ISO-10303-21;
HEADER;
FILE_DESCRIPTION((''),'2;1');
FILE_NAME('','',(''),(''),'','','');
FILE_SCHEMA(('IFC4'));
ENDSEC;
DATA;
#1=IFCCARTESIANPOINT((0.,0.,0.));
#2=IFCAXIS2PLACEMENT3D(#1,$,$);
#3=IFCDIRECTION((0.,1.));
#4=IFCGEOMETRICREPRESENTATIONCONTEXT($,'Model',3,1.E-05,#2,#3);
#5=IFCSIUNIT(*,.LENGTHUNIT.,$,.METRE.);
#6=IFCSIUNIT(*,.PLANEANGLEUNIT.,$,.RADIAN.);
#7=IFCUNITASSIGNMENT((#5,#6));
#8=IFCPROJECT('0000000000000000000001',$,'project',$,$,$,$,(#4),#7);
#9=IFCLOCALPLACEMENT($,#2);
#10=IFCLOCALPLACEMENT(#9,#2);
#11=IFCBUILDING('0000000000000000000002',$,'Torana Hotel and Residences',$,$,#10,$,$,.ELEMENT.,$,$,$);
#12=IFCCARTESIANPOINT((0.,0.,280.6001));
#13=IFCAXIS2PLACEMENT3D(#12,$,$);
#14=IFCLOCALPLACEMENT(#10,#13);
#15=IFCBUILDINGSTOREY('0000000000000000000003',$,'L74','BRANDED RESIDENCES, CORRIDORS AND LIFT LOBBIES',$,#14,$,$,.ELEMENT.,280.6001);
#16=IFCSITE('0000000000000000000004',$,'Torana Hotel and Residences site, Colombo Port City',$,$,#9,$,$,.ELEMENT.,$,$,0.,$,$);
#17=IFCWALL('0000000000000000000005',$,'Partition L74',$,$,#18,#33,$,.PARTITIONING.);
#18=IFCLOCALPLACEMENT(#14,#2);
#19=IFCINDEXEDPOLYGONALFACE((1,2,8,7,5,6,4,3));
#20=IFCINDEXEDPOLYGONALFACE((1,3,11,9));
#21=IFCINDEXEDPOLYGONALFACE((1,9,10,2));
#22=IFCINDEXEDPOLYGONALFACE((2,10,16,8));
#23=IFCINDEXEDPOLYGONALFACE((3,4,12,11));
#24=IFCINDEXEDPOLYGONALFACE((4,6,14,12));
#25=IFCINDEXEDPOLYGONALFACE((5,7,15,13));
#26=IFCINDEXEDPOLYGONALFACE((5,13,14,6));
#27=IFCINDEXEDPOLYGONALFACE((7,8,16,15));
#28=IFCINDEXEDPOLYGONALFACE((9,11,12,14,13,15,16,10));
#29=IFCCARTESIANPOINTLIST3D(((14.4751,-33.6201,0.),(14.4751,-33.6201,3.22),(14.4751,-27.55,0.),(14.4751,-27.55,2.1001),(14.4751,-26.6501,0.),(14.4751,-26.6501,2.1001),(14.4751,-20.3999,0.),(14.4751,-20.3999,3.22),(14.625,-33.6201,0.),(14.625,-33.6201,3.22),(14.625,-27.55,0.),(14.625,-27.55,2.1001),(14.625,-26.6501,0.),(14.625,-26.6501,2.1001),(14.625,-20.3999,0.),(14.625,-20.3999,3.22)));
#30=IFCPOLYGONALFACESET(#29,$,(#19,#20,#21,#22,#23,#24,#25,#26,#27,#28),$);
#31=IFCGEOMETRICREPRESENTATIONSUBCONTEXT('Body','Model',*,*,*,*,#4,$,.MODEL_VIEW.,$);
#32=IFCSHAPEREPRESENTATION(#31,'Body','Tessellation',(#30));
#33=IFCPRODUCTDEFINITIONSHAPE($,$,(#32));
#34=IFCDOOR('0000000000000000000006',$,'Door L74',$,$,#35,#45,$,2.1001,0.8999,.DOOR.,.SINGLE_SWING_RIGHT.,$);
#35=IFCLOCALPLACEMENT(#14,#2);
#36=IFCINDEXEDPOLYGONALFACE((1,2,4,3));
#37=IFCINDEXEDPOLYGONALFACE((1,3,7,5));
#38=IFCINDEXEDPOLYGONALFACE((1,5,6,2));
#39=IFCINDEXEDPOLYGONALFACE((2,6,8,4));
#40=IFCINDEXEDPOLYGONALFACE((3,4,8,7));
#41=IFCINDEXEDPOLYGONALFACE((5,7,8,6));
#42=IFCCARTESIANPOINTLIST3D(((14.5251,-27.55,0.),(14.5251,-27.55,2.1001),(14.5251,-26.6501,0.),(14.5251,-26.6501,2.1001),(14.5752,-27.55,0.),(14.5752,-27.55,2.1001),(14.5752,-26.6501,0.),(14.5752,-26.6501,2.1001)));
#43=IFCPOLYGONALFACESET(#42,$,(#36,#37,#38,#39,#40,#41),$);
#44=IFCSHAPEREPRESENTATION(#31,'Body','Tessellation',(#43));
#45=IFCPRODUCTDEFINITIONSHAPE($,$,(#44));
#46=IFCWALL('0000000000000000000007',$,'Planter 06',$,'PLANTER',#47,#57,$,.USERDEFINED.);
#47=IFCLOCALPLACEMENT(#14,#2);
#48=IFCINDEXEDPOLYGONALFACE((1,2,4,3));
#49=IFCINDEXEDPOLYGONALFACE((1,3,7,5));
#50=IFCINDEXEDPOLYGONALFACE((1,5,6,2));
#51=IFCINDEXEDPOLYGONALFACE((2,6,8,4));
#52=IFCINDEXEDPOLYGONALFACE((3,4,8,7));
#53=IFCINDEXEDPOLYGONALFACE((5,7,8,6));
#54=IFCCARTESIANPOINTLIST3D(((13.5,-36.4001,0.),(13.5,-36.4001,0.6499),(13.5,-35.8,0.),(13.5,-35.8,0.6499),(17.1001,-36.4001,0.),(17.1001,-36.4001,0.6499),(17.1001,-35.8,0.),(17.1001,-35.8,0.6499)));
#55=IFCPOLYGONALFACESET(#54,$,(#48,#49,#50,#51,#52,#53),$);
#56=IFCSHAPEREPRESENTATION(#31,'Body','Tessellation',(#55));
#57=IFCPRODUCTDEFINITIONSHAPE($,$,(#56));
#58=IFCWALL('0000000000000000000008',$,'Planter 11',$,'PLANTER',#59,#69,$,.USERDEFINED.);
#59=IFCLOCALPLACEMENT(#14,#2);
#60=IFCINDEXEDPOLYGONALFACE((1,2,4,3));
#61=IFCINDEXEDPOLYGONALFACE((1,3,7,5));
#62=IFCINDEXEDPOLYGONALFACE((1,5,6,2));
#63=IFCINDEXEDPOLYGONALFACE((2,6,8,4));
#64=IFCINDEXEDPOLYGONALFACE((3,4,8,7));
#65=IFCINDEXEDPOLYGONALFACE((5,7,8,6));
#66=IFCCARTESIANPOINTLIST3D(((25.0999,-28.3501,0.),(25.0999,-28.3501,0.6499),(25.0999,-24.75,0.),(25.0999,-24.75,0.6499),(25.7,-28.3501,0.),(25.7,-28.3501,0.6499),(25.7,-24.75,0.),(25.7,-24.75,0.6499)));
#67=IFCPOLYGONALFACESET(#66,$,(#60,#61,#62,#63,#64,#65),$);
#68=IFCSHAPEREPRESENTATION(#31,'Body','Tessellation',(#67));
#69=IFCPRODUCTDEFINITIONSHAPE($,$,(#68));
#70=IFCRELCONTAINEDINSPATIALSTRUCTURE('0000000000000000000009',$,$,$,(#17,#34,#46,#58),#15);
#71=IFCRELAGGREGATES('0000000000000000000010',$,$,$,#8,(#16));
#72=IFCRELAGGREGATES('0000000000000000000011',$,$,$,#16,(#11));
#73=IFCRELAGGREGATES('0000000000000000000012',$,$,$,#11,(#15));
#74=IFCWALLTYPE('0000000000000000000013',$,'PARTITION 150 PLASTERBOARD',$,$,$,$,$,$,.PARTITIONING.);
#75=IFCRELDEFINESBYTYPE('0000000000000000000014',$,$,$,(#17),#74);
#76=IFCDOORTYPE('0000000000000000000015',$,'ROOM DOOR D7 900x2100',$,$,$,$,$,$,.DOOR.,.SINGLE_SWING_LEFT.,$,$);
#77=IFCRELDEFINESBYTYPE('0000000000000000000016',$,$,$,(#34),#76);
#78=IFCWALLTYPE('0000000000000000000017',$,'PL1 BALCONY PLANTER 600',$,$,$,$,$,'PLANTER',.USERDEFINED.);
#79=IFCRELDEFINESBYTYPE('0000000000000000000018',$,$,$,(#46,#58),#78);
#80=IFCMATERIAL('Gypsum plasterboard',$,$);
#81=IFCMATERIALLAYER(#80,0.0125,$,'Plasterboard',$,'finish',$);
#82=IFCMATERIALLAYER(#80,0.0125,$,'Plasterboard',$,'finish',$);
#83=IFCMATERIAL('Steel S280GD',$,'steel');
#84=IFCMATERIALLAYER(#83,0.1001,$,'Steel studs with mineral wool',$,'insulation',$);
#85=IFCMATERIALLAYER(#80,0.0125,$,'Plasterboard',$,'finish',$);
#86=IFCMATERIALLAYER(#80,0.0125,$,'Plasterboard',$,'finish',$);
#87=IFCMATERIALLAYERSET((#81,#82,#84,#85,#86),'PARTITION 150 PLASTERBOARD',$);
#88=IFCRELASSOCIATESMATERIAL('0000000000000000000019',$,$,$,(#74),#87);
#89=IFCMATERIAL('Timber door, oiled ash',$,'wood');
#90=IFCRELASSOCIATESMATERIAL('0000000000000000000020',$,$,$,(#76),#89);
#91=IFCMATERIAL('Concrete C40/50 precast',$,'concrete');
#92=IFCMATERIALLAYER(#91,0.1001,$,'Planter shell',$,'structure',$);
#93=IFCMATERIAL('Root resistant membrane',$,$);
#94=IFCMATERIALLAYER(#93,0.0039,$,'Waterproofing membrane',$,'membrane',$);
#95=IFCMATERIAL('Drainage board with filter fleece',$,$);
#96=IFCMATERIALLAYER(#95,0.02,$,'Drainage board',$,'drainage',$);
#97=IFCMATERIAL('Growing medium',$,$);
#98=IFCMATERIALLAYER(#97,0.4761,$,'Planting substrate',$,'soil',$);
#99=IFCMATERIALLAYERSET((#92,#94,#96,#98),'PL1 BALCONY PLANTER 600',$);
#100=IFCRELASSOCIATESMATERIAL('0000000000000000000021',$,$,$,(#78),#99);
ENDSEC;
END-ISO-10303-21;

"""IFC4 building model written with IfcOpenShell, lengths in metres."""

from ifc_helpers import new_model, si_unit, direction, frame, frame_2d, origin, place, context, subcontext, project, spatial, rectangle, extrude, material, layer, layer_set, type_object, element, fill, save


model = new_model("IFC4")

# Units and contexts
model_context = context("Model", 3, precision=1e-05, world=origin(), true_north=direction((0.0, 1.0)))
body_context = subcontext(model_context, "Body", "Model", "MODEL_VIEW")
ifc_project = project(units=[si_unit("LENGTHUNIT", "METRE"), si_unit("PLANEANGLEUNIT", "RADIAN")], contexts=[model_context])

# Site, building, storey
site_placement = place(None, origin())
site = spatial("IfcSite", under=ifc_project, at=site_placement, Name="Torana Hotel and Residences site, Colombo Port City", CompositionType="ELEMENT", RefElevation=0.0)
building_placement = place(site_placement, origin())
building = spatial("IfcBuilding", under=site, at=building_placement, Name="Torana Hotel and Residences", CompositionType="ELEMENT")
storey_placement = place(building_placement, frame((0.0, 0.0, 280.6001)))
storey = spatial("IfcBuildingStorey", under=building, at=storey_placement, Name="L74", Description="BRANDED RESIDENCES, CORRIDORS AND LIFT LOBBIES", CompositionType="ELEMENT", Elevation=280.6001)

# Shared definitions
ifc_material_1 = material(Name="Steel S280GD", Category="steel")

# Wall, opening, door
ifc_material_2 = material(Name="Gypsum plasterboard")
ifc_layer_1 = layer(ifc_material_2, 0.0125, Name="Plasterboard", Category="finish")
ifc_layer_2 = layer(ifc_material_2, 0.0125, Name="Plasterboard", Category="finish")
ifc_layer_3 = layer(ifc_material_1, 0.1001, Name="Steel studs with mineral wool", Category="insulation")
ifc_layer_4 = layer(ifc_material_2, 0.0125, Name="Plasterboard", Category="finish")
ifc_layer_5 = layer(ifc_material_2, 0.0125, Name="Plasterboard", Category="finish")
ifc_layer_set_1 = layer_set([ifc_layer_1, ifc_layer_2, ifc_layer_3, ifc_layer_4, ifc_layer_5], Name="PARTITION 150 PLASTERBOARD")
wall_type_1 = type_object("IfcWallType", Name="PARTITION 150 PLASTERBOARD", PredefinedType="PARTITIONING", material=ifc_layer_set_1)
ifc_material_3 = material(Name="Timber door, oiled ash", Category="wood")
door_type_1 = type_object("IfcDoorType", Name="ROOM DOOR D7 900x2100", OperationType="SINGLE_SWING_LEFT", PredefinedType="DOOR", material=ifc_material_3)
wall_1_placement = place(storey_placement, frame((14.55, -33.6201, 0.0), z_axis=(0.0, 0.0, 1.0), x_axis=(0.0, 1.0, 0.0)))
wall_1 = element("IfcWall", 1, at=wall_1_placement, inside=storey, type_object=wall_type_1, Name="Partition L74", PredefinedType="PARTITIONING", context=body_context, shape_type="SweptSolid", body=[
    extrude(rectangle(XDim=13.2202, YDim=0.1499, at=frame_2d((6.6101, 0.0))), origin(), (0.0, 0.0, 1.0), 3.22),
])
opening_1_placement = place(wall_1_placement, frame((6.0701, 0.0, 0.0)))
opening_1 = element("IfcOpeningElement", 2, at=opening_1_placement, cuts=wall_1, PredefinedType="OPENING", context=body_context, shape_type="SweptSolid", body=[
    extrude(rectangle(XDim=0.8999, YDim=2.1001, at=frame_2d((0.45, 1.05))), frame((0.0, 0.085, 0.0), z_axis=(0.0, -1.0, 0.0), x_axis=(1.0, 0.0, 0.0)), (0.0, 0.0, 1.0), 0.1699),
])
door_1_placement = place(opening_1_placement, origin())
door_1 = element("IfcDoor", 3, at=door_1_placement, inside=storey, type_object=door_type_1, Name="Door L74", OperationType="SINGLE_SWING_RIGHT", OverallHeight=2.1001, OverallWidth=0.8999, PredefinedType="DOOR", context=body_context, shape_type="SweptSolid", body=[
    extrude(rectangle(XDim=0.8999, YDim=2.1001, at=frame_2d((0.45, 1.05))), frame((0.0, 0.0249, 0.0), z_axis=(0.0, -1.0, 0.0), x_axis=(1.0, 0.0, 0.0)), (0.0, 0.0, 1.0), 0.05),
])
fill(opening_1, door_1)

# Walls
ifc_material_4 = material(Name="Concrete C40/50 precast", Category="concrete")
ifc_layer_6 = layer(ifc_material_4, 0.1001, Name="Planter shell", Category="structure")
ifc_material_5 = material(Name="Root resistant membrane")
ifc_layer_7 = layer(ifc_material_5, 0.0039, Name="Waterproofing membrane", Category="membrane")
ifc_material_6 = material(Name="Drainage board with filter fleece")
ifc_layer_8 = layer(ifc_material_6, 0.02, Name="Drainage board", Category="drainage")
ifc_material_7 = material(Name="Growing medium")
ifc_layer_9 = layer(ifc_material_7, 0.4761, Name="Planting substrate", Category="soil")
ifc_layer_set_2 = layer_set([ifc_layer_6, ifc_layer_7, ifc_layer_8, ifc_layer_9], Name="PL1 BALCONY PLANTER 600")
wall_type_2 = type_object("IfcWallType", Name="PL1 BALCONY PLANTER 600", ElementType="PLANTER", PredefinedType="USERDEFINED", material=ifc_layer_set_2)
for number, where, z_axis, x_axis, name in (
    (4, (17.1001, -36.1001, 0.0), (0.0, 0.0, 1.0), (-1.0, 0.0, 0.0), "Planter 06"),
    (5, (25.3999, -24.75, 0.0), (0.0, 0.0, 1.0), (0.0, -1.0, 0.0), "Planter 11"),
):
    element("IfcWall", number, at=place(storey_placement, frame(where, z_axis=z_axis, x_axis=x_axis)), inside=storey, type_object=wall_type_2, Name=name, ObjectType="PLANTER", PredefinedType="USERDEFINED", context=body_context, shape_type="SweptSolid", body=[
        extrude(rectangle(XDim=3.6001, YDim=0.6001, at=frame_2d((1.8, 0.0))), origin(), (0.0, 0.0, 1.0), 0.6499),
    ])

save(model, "model.ifc")
